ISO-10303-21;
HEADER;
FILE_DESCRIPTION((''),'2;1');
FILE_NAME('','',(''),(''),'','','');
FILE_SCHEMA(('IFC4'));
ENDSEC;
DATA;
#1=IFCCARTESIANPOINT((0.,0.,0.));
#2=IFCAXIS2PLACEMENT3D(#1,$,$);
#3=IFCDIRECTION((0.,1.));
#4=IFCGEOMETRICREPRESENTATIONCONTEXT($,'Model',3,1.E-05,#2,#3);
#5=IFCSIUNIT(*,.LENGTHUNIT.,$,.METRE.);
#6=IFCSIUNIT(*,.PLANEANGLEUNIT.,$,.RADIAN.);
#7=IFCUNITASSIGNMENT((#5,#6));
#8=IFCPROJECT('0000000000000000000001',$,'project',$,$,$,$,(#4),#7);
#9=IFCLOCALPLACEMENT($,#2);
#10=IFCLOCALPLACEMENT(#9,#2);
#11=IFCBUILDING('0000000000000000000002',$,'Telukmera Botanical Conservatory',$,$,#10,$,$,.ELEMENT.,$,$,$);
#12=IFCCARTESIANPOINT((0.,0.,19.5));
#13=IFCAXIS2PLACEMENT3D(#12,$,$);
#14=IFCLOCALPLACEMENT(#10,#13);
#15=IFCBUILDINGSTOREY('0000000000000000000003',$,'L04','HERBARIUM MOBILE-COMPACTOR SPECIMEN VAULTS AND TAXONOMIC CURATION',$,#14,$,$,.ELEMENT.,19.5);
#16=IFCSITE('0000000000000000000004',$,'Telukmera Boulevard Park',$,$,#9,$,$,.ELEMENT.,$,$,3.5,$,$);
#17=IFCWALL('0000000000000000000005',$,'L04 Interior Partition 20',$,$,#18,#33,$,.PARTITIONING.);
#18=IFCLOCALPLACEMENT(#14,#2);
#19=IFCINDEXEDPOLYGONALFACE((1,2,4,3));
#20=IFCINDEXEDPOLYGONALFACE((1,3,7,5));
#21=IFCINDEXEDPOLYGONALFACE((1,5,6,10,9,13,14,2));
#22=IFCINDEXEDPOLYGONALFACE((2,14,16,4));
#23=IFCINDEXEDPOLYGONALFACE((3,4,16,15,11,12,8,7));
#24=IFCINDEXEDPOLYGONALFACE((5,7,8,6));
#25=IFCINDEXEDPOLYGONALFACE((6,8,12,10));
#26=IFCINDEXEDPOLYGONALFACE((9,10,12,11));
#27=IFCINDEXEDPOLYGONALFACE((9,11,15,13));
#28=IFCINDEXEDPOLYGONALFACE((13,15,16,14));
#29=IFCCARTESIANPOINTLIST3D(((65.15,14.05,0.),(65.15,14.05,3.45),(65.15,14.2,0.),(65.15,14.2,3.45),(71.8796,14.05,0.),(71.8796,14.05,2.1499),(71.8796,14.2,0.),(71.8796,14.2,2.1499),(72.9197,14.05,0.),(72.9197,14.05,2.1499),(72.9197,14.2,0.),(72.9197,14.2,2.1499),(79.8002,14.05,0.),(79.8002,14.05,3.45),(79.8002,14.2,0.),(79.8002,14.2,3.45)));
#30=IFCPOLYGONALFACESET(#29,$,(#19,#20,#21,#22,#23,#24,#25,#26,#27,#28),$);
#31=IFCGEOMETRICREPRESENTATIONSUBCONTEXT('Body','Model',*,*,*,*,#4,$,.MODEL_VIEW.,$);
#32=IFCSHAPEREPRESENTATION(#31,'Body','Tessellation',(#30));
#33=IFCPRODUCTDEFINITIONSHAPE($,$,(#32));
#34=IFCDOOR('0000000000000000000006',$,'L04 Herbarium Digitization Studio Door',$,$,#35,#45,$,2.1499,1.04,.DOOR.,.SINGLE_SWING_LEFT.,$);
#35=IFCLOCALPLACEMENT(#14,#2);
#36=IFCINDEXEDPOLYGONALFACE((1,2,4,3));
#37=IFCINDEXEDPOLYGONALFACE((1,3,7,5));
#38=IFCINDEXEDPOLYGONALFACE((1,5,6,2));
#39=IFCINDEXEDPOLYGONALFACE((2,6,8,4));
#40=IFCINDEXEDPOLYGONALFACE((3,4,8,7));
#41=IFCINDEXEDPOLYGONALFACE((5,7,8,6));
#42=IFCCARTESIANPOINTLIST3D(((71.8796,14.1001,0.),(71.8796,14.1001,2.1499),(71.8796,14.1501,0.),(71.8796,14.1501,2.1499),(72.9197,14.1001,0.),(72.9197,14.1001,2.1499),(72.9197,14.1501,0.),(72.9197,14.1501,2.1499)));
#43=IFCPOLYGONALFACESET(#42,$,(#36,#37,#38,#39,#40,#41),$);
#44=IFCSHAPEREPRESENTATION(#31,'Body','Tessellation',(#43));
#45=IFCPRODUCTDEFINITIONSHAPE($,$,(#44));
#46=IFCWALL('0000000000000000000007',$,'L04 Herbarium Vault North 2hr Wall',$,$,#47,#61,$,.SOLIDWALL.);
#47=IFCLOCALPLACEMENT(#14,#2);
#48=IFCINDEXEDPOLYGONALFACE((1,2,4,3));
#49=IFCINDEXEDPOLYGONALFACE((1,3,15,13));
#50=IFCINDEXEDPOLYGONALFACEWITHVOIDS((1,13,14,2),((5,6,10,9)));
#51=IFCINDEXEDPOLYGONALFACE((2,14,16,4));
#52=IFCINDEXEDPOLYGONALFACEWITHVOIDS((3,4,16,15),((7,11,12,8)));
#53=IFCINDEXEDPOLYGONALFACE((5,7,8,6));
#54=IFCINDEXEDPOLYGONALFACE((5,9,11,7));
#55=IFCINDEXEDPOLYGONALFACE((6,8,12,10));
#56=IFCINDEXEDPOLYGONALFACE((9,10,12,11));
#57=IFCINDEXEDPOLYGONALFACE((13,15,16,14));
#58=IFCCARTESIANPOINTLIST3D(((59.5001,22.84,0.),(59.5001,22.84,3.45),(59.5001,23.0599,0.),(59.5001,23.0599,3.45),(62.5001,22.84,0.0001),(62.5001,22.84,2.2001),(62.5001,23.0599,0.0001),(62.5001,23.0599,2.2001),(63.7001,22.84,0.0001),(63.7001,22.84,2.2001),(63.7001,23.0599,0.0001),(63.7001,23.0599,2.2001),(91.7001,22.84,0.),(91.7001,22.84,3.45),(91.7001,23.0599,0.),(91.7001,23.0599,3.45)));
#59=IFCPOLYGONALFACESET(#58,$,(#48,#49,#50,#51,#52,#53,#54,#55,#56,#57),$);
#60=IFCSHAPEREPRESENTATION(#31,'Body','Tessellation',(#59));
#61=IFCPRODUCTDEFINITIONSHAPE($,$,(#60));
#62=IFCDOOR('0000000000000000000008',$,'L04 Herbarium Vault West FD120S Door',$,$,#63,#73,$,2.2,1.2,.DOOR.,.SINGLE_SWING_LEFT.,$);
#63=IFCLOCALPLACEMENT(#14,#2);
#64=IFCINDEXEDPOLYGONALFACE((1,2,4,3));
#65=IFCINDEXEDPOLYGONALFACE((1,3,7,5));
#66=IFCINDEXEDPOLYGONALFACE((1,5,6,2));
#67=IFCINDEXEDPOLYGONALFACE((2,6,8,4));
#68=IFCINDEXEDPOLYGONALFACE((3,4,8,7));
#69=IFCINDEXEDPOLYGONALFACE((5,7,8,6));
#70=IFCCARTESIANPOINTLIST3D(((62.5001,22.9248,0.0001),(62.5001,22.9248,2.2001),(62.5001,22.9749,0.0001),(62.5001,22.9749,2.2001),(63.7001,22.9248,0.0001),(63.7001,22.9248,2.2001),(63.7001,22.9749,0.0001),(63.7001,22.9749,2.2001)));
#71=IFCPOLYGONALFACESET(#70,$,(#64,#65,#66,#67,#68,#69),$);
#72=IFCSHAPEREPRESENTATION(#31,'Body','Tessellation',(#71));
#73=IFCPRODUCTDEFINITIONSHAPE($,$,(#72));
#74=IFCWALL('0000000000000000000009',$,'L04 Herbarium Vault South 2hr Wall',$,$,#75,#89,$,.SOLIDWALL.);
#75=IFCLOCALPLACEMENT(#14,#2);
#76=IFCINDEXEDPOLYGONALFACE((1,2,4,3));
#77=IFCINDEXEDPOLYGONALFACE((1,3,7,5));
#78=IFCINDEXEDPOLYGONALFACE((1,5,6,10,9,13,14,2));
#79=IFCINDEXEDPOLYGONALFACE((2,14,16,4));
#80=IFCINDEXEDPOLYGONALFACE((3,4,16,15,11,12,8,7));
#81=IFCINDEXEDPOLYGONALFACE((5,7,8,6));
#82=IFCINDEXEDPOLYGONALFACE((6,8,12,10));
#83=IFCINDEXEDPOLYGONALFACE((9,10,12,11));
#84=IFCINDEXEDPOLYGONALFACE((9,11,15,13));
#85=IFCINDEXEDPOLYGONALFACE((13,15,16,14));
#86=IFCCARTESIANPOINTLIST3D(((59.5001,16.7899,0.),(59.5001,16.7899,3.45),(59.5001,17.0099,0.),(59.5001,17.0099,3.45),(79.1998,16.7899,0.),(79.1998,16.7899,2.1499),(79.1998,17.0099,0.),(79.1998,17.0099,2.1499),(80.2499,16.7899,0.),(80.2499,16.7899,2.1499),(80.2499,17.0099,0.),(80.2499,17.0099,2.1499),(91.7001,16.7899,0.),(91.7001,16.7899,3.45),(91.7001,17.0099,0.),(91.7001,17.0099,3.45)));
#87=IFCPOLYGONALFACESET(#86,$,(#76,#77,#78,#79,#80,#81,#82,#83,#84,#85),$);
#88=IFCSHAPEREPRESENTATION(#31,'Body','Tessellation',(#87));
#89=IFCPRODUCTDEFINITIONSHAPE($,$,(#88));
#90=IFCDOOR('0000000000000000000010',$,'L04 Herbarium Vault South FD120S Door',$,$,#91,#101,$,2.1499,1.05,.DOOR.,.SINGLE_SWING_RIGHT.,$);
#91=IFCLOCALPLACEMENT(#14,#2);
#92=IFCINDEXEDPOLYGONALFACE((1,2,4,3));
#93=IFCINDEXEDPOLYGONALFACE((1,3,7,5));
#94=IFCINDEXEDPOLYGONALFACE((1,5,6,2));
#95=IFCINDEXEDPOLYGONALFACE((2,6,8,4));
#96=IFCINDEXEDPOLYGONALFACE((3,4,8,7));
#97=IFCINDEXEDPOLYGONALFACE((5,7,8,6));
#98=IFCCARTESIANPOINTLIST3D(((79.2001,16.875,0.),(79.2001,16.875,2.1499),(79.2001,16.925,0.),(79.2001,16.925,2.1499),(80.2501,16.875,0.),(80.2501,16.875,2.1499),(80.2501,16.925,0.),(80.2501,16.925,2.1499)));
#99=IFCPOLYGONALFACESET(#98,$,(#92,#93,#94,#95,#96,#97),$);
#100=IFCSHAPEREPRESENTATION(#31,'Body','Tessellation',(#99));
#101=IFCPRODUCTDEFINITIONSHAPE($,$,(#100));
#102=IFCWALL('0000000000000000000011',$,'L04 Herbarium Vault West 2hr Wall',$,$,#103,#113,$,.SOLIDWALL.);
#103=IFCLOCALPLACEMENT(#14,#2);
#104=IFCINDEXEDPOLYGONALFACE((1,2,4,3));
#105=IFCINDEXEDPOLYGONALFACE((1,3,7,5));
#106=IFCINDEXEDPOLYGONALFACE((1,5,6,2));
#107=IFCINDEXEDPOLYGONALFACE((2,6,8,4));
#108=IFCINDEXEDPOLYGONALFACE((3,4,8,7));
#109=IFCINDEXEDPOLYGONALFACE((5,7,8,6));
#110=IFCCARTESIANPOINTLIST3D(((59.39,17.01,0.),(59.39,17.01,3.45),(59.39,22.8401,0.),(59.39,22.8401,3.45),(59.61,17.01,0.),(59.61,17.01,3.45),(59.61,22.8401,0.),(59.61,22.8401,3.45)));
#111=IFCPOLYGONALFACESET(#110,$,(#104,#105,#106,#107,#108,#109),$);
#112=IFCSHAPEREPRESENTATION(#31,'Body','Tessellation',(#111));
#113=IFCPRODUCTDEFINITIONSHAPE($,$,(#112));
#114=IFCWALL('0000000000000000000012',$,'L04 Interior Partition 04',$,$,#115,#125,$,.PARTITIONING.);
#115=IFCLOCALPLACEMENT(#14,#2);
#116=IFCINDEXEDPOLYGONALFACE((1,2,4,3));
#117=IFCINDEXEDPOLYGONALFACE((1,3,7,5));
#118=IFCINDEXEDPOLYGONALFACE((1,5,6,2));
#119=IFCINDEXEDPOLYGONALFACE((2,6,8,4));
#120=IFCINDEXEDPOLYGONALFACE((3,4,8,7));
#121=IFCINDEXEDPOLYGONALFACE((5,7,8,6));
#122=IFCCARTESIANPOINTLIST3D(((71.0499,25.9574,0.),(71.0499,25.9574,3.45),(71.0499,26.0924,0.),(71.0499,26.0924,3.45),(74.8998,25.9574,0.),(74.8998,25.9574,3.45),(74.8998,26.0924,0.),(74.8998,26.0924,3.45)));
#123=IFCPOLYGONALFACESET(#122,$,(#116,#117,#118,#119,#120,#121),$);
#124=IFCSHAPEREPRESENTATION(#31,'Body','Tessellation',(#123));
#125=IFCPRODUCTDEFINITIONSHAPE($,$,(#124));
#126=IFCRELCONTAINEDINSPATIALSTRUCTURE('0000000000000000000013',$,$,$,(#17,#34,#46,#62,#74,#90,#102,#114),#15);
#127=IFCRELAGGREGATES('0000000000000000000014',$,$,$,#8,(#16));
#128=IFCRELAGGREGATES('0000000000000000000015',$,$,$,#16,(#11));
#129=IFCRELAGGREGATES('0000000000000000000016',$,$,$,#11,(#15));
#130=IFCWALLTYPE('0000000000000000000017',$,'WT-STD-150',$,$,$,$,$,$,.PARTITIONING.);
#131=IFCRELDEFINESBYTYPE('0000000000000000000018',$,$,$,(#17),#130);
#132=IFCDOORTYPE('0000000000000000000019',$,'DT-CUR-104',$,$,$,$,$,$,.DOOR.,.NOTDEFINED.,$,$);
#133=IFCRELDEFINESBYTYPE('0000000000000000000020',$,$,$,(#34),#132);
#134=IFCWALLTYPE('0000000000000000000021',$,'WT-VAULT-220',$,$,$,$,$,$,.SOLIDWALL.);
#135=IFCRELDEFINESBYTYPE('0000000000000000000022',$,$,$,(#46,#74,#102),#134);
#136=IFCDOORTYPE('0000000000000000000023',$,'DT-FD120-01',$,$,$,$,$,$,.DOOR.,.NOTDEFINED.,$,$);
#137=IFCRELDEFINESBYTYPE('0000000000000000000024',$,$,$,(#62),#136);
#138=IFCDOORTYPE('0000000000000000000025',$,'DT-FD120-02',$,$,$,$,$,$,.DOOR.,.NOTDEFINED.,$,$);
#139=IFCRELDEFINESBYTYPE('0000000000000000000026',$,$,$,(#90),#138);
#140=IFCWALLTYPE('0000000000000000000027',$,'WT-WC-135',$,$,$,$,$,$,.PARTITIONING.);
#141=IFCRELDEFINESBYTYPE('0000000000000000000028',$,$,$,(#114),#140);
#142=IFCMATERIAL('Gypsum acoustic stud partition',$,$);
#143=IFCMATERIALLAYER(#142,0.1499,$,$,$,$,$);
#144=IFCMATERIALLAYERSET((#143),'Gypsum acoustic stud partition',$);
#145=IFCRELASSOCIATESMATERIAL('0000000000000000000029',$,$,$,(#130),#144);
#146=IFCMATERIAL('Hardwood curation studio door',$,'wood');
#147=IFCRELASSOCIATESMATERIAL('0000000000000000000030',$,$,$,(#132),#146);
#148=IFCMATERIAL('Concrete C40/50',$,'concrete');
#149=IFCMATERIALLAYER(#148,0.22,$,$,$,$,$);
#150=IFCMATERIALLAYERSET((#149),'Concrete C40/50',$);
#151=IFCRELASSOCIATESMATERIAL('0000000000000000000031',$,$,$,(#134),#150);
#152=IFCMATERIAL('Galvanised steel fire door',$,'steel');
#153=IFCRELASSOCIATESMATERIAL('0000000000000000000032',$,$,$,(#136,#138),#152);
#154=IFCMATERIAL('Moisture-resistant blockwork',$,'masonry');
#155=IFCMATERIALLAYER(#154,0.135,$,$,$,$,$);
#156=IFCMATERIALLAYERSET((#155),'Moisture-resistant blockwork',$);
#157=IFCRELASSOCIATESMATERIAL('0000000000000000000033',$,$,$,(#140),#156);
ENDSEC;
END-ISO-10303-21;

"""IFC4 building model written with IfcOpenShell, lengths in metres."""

from ifc_helpers import new_model, si_unit, direction, frame, frame_2d, origin, place, context, subcontext, project, spatial, rectangle, extrude, material, layer, layer_set, type_object, element, fill, save


model = new_model("IFC4")

# Units and contexts
model_context = context("Model", 3, precision=1e-05, world=origin(), true_north=direction((0.0, 1.0)))
body_context = subcontext(model_context, "Body", "Model", "MODEL_VIEW")
ifc_project = project(units=[si_unit("LENGTHUNIT", "METRE"), si_unit("PLANEANGLEUNIT", "RADIAN")], contexts=[model_context])

# Site, building, storey
site_placement = place(None, origin())
site = spatial("IfcSite", under=ifc_project, at=site_placement, Name="Telukmera Boulevard Park", CompositionType="ELEMENT", RefElevation=3.5)
building_placement = place(site_placement, origin())
building = spatial("IfcBuilding", under=site, at=building_placement, Name="Telukmera Botanical Conservatory", CompositionType="ELEMENT")
storey_placement = place(building_placement, frame((0.0, 0.0, 19.5)))
storey = spatial("IfcBuildingStorey", under=building, at=storey_placement, Name="L04", Description="HERBARIUM MOBILE-COMPACTOR SPECIMEN VAULTS AND TAXONOMIC CURATION", CompositionType="ELEMENT", Elevation=19.5)

# Shared definitions
ifc_material_1 = material(Name="Concrete C40/50", Category="concrete")

# Walls, openings, doors
ifc_material_2 = material(Name="Gypsum acoustic stud partition")
ifc_layer_1 = layer(ifc_material_2, 0.1499)
ifc_layer_set_1 = layer_set([ifc_layer_1], Name="Gypsum acoustic stud partition")
wall_type_1 = type_object("IfcWallType", Name="WT-STD-150", PredefinedType="PARTITIONING", material=ifc_layer_set_1)
wall_1_placement = place(storey_placement, frame((65.1499, 14.125, 0.0), z_axis=(0.0, 0.0, 1.0), x_axis=(1.0, 0.0, 0.0)))
wall_1 = element("IfcWall", 1, at=wall_1_placement, inside=storey, type_object=wall_type_1, Name="L04 Interior Partition 20", PredefinedType="PARTITIONING", context=body_context, shape_type="SweptSolid", body=[
    extrude(rectangle(XDim=14.6501, YDim=0.1499, at=frame_2d((7.3252, 0.0))), origin(), (0.0, 0.0, 1.0), 3.45),
])
opening_1_placement = place(wall_1_placement, frame((6.7297, 0.0, 0.0)))
opening_1 = element("IfcOpeningElement", 2, at=opening_1_placement, cuts=wall_1, PredefinedType="OPENING", context=body_context, shape_type="SweptSolid", body=[
    extrude(rectangle(XDim=1.04, YDim=2.1499, at=frame_2d((0.52, 1.075))), frame((0.0, 0.085, 0.0), z_axis=(0.0, -1.0, 0.0), x_axis=(1.0, 0.0, 0.0)), (0.0, 0.0, 1.0), 0.1699),
])
ifc_material_3 = material(Name="Hardwood curation studio door", Category="wood")
door_type_1 = type_object("IfcDoorType", Name="DT-CUR-104", OperationType="NOTDEFINED", PredefinedType="DOOR", material=ifc_material_3)
door_1_placement = place(opening_1_placement, frame((1.04, 0.0, 0.0), z_axis=(0.0, 0.0, 1.0), x_axis=(-1.0, 0.0, 0.0)))
door_1 = element("IfcDoor", 3, at=door_1_placement, inside=storey, type_object=door_type_1, Name="L04 Herbarium Digitization Studio Door", OperationType="SINGLE_SWING_LEFT", OverallHeight=2.1499, OverallWidth=1.04, PredefinedType="DOOR", context=body_context, shape_type="SweptSolid", body=[
    extrude(rectangle(XDim=1.04, YDim=2.1499, at=frame_2d((0.52, 1.075))), frame((0.0, 0.0249, 0.0), z_axis=(0.0, -1.0, 0.0), x_axis=(1.0, 0.0, 0.0)), (0.0, 0.0, 1.0), 0.05),
])
fill(opening_1, door_1)
ifc_layer_2 = layer(ifc_material_1, 0.22)
ifc_layer_set_2 = layer_set([ifc_layer_2], Name="Concrete C40/50")
wall_type_2 = type_object("IfcWallType", Name="WT-VAULT-220", PredefinedType="SOLIDWALL", material=ifc_layer_set_2)
wall_2_placement = place(storey_placement, frame((59.5, 22.95, 0.0), z_axis=(0.0, 0.0, 1.0), x_axis=(1.0, 0.0, 0.0)))
wall_2 = element("IfcWall", 4, at=wall_2_placement, inside=storey, type_object=wall_type_2, Name="L04 Herbarium Vault North 2hr Wall", PredefinedType="SOLIDWALL", context=body_context, shape_type="SweptSolid", body=[
    extrude(rectangle(XDim=32.2, YDim=0.22, at=frame_2d((16.1001, 0.0))), origin(), (0.0, 0.0, 1.0), 3.45),
])
opening_2_placement = place(wall_2_placement, frame((3.0, 0.0, 0.0)))
opening_2 = element("IfcOpeningElement", 5, at=opening_2_placement, cuts=wall_2, PredefinedType="OPENING", context=body_context, shape_type="SweptSolid", body=[
    extrude(rectangle(XDim=1.2, YDim=2.2, at=frame_2d((0.6001, 1.1001))), frame((0.0, 0.1199, 0.0), z_axis=(0.0, -1.0, 0.0), x_axis=(1.0, 0.0, 0.0)), (0.0, 0.0, 1.0), 0.24),
])
ifc_material_4 = material(Name="Galvanised steel fire door", Category="steel")
door_type_2 = type_object("IfcDoorType", Name="DT-FD120-01", OperationType="NOTDEFINED", PredefinedType="DOOR", material=ifc_material_4)
door_2_placement = place(opening_2_placement, origin())
door_2 = element("IfcDoor", 6, at=door_2_placement, inside=storey, type_object=door_type_2, Name="L04 Herbarium Vault West FD120S Door", OperationType="SINGLE_SWING_LEFT", OverallHeight=2.2, OverallWidth=1.2, PredefinedType="DOOR", context=body_context, shape_type="SweptSolid", body=[
    extrude(rectangle(XDim=1.2, YDim=2.2, at=frame_2d((0.6001, 1.1001))), frame((0.0, 0.0249, 0.0), z_axis=(0.0, -1.0, 0.0), x_axis=(1.0, 0.0, 0.0)), (0.0, 0.0, 1.0), 0.05),
])
fill(opening_2, door_2)
wall_3_placement = place(storey_placement, frame((59.5, 16.8999, 0.0), z_axis=(0.0, 0.0, 1.0), x_axis=(1.0, 0.0, 0.0)))
wall_3 = element("IfcWall", 7, at=wall_3_placement, inside=storey, type_object=wall_type_2, Name="L04 Herbarium Vault South 2hr Wall", PredefinedType="SOLIDWALL", context=body_context, shape_type="SweptSolid", body=[
    extrude(rectangle(XDim=32.2, YDim=0.22, at=frame_2d((16.1001, 0.0))), origin(), (0.0, 0.0, 1.0), 3.45),
])
opening_3_placement = place(wall_3_placement, frame((19.7, 0.0, 0.0)))
opening_3 = element("IfcOpeningElement", 8, at=opening_3_placement, cuts=wall_3, PredefinedType="OPENING", context=body_context, shape_type="SweptSolid", body=[
    extrude(rectangle(XDim=1.05, YDim=2.1499, at=frame_2d((0.5249, 1.075))), frame((0.0, 0.1199, 0.0), z_axis=(0.0, -1.0, 0.0), x_axis=(1.0, 0.0, 0.0)), (0.0, 0.0, 1.0), 0.24),
])
door_type_3 = type_object("IfcDoorType", Name="DT-FD120-02", OperationType="NOTDEFINED", PredefinedType="DOOR", material=ifc_material_4)
door_3_placement = place(opening_3_placement, frame((1.05, 0.0, 0.0), z_axis=(0.0, 0.0, 1.0), x_axis=(-1.0, 0.0, 0.0)))
door_3 = element("IfcDoor", 9, at=door_3_placement, inside=storey, type_object=door_type_3, Name="L04 Herbarium Vault South FD120S Door", OperationType="SINGLE_SWING_RIGHT", OverallHeight=2.1499, OverallWidth=1.05, PredefinedType="DOOR", context=body_context, shape_type="SweptSolid", body=[
    extrude(rectangle(XDim=1.05, YDim=2.1499, at=frame_2d((0.5249, 1.075))), frame((0.0, 0.0249, 0.0), z_axis=(0.0, -1.0, 0.0), x_axis=(1.0, 0.0, 0.0)), (0.0, 0.0, 1.0), 0.05),
])
fill(opening_3, door_3)

# Walls
wall_4_placement = place(storey_placement, frame((59.5, 17.01, 0.0), z_axis=(0.0, 0.0, 1.0), x_axis=(0.0, 1.0, 0.0)))
element("IfcWall", 10, at=wall_4_placement, inside=storey, type_object=wall_type_2, Name="L04 Herbarium Vault West 2hr Wall", PredefinedType="SOLIDWALL", context=body_context, shape_type="SweptSolid", body=[
    extrude(rectangle(XDim=5.8301, YDim=0.22, at=frame_2d((2.915, 0.0))), origin(), (0.0, 0.0, 1.0), 3.45),
])
ifc_material_5 = material(Name="Moisture-resistant blockwork", Category="masonry")
ifc_layer_3 = layer(ifc_material_5, 0.135)
ifc_layer_set_3 = layer_set([ifc_layer_3], Name="Moisture-resistant blockwork")
wall_type_3 = type_object("IfcWallType", Name="WT-WC-135", PredefinedType="PARTITIONING", material=ifc_layer_set_3)
wall_5_placement = place(storey_placement, frame((71.05, 26.0249, 0.0), z_axis=(0.0, 0.0, 1.0), x_axis=(1.0, 0.0, 0.0)))
element("IfcWall", 11, at=wall_5_placement, inside=storey, type_object=wall_type_3, Name="L04 Interior Partition 04", PredefinedType="PARTITIONING", context=body_context, shape_type="SweptSolid", body=[
    extrude(rectangle(XDim=3.8499, YDim=0.135, at=frame_2d((1.9248, 0.0))), origin(), (0.0, 0.0, 1.0), 3.45),
])

save(model, "model.ifc")
